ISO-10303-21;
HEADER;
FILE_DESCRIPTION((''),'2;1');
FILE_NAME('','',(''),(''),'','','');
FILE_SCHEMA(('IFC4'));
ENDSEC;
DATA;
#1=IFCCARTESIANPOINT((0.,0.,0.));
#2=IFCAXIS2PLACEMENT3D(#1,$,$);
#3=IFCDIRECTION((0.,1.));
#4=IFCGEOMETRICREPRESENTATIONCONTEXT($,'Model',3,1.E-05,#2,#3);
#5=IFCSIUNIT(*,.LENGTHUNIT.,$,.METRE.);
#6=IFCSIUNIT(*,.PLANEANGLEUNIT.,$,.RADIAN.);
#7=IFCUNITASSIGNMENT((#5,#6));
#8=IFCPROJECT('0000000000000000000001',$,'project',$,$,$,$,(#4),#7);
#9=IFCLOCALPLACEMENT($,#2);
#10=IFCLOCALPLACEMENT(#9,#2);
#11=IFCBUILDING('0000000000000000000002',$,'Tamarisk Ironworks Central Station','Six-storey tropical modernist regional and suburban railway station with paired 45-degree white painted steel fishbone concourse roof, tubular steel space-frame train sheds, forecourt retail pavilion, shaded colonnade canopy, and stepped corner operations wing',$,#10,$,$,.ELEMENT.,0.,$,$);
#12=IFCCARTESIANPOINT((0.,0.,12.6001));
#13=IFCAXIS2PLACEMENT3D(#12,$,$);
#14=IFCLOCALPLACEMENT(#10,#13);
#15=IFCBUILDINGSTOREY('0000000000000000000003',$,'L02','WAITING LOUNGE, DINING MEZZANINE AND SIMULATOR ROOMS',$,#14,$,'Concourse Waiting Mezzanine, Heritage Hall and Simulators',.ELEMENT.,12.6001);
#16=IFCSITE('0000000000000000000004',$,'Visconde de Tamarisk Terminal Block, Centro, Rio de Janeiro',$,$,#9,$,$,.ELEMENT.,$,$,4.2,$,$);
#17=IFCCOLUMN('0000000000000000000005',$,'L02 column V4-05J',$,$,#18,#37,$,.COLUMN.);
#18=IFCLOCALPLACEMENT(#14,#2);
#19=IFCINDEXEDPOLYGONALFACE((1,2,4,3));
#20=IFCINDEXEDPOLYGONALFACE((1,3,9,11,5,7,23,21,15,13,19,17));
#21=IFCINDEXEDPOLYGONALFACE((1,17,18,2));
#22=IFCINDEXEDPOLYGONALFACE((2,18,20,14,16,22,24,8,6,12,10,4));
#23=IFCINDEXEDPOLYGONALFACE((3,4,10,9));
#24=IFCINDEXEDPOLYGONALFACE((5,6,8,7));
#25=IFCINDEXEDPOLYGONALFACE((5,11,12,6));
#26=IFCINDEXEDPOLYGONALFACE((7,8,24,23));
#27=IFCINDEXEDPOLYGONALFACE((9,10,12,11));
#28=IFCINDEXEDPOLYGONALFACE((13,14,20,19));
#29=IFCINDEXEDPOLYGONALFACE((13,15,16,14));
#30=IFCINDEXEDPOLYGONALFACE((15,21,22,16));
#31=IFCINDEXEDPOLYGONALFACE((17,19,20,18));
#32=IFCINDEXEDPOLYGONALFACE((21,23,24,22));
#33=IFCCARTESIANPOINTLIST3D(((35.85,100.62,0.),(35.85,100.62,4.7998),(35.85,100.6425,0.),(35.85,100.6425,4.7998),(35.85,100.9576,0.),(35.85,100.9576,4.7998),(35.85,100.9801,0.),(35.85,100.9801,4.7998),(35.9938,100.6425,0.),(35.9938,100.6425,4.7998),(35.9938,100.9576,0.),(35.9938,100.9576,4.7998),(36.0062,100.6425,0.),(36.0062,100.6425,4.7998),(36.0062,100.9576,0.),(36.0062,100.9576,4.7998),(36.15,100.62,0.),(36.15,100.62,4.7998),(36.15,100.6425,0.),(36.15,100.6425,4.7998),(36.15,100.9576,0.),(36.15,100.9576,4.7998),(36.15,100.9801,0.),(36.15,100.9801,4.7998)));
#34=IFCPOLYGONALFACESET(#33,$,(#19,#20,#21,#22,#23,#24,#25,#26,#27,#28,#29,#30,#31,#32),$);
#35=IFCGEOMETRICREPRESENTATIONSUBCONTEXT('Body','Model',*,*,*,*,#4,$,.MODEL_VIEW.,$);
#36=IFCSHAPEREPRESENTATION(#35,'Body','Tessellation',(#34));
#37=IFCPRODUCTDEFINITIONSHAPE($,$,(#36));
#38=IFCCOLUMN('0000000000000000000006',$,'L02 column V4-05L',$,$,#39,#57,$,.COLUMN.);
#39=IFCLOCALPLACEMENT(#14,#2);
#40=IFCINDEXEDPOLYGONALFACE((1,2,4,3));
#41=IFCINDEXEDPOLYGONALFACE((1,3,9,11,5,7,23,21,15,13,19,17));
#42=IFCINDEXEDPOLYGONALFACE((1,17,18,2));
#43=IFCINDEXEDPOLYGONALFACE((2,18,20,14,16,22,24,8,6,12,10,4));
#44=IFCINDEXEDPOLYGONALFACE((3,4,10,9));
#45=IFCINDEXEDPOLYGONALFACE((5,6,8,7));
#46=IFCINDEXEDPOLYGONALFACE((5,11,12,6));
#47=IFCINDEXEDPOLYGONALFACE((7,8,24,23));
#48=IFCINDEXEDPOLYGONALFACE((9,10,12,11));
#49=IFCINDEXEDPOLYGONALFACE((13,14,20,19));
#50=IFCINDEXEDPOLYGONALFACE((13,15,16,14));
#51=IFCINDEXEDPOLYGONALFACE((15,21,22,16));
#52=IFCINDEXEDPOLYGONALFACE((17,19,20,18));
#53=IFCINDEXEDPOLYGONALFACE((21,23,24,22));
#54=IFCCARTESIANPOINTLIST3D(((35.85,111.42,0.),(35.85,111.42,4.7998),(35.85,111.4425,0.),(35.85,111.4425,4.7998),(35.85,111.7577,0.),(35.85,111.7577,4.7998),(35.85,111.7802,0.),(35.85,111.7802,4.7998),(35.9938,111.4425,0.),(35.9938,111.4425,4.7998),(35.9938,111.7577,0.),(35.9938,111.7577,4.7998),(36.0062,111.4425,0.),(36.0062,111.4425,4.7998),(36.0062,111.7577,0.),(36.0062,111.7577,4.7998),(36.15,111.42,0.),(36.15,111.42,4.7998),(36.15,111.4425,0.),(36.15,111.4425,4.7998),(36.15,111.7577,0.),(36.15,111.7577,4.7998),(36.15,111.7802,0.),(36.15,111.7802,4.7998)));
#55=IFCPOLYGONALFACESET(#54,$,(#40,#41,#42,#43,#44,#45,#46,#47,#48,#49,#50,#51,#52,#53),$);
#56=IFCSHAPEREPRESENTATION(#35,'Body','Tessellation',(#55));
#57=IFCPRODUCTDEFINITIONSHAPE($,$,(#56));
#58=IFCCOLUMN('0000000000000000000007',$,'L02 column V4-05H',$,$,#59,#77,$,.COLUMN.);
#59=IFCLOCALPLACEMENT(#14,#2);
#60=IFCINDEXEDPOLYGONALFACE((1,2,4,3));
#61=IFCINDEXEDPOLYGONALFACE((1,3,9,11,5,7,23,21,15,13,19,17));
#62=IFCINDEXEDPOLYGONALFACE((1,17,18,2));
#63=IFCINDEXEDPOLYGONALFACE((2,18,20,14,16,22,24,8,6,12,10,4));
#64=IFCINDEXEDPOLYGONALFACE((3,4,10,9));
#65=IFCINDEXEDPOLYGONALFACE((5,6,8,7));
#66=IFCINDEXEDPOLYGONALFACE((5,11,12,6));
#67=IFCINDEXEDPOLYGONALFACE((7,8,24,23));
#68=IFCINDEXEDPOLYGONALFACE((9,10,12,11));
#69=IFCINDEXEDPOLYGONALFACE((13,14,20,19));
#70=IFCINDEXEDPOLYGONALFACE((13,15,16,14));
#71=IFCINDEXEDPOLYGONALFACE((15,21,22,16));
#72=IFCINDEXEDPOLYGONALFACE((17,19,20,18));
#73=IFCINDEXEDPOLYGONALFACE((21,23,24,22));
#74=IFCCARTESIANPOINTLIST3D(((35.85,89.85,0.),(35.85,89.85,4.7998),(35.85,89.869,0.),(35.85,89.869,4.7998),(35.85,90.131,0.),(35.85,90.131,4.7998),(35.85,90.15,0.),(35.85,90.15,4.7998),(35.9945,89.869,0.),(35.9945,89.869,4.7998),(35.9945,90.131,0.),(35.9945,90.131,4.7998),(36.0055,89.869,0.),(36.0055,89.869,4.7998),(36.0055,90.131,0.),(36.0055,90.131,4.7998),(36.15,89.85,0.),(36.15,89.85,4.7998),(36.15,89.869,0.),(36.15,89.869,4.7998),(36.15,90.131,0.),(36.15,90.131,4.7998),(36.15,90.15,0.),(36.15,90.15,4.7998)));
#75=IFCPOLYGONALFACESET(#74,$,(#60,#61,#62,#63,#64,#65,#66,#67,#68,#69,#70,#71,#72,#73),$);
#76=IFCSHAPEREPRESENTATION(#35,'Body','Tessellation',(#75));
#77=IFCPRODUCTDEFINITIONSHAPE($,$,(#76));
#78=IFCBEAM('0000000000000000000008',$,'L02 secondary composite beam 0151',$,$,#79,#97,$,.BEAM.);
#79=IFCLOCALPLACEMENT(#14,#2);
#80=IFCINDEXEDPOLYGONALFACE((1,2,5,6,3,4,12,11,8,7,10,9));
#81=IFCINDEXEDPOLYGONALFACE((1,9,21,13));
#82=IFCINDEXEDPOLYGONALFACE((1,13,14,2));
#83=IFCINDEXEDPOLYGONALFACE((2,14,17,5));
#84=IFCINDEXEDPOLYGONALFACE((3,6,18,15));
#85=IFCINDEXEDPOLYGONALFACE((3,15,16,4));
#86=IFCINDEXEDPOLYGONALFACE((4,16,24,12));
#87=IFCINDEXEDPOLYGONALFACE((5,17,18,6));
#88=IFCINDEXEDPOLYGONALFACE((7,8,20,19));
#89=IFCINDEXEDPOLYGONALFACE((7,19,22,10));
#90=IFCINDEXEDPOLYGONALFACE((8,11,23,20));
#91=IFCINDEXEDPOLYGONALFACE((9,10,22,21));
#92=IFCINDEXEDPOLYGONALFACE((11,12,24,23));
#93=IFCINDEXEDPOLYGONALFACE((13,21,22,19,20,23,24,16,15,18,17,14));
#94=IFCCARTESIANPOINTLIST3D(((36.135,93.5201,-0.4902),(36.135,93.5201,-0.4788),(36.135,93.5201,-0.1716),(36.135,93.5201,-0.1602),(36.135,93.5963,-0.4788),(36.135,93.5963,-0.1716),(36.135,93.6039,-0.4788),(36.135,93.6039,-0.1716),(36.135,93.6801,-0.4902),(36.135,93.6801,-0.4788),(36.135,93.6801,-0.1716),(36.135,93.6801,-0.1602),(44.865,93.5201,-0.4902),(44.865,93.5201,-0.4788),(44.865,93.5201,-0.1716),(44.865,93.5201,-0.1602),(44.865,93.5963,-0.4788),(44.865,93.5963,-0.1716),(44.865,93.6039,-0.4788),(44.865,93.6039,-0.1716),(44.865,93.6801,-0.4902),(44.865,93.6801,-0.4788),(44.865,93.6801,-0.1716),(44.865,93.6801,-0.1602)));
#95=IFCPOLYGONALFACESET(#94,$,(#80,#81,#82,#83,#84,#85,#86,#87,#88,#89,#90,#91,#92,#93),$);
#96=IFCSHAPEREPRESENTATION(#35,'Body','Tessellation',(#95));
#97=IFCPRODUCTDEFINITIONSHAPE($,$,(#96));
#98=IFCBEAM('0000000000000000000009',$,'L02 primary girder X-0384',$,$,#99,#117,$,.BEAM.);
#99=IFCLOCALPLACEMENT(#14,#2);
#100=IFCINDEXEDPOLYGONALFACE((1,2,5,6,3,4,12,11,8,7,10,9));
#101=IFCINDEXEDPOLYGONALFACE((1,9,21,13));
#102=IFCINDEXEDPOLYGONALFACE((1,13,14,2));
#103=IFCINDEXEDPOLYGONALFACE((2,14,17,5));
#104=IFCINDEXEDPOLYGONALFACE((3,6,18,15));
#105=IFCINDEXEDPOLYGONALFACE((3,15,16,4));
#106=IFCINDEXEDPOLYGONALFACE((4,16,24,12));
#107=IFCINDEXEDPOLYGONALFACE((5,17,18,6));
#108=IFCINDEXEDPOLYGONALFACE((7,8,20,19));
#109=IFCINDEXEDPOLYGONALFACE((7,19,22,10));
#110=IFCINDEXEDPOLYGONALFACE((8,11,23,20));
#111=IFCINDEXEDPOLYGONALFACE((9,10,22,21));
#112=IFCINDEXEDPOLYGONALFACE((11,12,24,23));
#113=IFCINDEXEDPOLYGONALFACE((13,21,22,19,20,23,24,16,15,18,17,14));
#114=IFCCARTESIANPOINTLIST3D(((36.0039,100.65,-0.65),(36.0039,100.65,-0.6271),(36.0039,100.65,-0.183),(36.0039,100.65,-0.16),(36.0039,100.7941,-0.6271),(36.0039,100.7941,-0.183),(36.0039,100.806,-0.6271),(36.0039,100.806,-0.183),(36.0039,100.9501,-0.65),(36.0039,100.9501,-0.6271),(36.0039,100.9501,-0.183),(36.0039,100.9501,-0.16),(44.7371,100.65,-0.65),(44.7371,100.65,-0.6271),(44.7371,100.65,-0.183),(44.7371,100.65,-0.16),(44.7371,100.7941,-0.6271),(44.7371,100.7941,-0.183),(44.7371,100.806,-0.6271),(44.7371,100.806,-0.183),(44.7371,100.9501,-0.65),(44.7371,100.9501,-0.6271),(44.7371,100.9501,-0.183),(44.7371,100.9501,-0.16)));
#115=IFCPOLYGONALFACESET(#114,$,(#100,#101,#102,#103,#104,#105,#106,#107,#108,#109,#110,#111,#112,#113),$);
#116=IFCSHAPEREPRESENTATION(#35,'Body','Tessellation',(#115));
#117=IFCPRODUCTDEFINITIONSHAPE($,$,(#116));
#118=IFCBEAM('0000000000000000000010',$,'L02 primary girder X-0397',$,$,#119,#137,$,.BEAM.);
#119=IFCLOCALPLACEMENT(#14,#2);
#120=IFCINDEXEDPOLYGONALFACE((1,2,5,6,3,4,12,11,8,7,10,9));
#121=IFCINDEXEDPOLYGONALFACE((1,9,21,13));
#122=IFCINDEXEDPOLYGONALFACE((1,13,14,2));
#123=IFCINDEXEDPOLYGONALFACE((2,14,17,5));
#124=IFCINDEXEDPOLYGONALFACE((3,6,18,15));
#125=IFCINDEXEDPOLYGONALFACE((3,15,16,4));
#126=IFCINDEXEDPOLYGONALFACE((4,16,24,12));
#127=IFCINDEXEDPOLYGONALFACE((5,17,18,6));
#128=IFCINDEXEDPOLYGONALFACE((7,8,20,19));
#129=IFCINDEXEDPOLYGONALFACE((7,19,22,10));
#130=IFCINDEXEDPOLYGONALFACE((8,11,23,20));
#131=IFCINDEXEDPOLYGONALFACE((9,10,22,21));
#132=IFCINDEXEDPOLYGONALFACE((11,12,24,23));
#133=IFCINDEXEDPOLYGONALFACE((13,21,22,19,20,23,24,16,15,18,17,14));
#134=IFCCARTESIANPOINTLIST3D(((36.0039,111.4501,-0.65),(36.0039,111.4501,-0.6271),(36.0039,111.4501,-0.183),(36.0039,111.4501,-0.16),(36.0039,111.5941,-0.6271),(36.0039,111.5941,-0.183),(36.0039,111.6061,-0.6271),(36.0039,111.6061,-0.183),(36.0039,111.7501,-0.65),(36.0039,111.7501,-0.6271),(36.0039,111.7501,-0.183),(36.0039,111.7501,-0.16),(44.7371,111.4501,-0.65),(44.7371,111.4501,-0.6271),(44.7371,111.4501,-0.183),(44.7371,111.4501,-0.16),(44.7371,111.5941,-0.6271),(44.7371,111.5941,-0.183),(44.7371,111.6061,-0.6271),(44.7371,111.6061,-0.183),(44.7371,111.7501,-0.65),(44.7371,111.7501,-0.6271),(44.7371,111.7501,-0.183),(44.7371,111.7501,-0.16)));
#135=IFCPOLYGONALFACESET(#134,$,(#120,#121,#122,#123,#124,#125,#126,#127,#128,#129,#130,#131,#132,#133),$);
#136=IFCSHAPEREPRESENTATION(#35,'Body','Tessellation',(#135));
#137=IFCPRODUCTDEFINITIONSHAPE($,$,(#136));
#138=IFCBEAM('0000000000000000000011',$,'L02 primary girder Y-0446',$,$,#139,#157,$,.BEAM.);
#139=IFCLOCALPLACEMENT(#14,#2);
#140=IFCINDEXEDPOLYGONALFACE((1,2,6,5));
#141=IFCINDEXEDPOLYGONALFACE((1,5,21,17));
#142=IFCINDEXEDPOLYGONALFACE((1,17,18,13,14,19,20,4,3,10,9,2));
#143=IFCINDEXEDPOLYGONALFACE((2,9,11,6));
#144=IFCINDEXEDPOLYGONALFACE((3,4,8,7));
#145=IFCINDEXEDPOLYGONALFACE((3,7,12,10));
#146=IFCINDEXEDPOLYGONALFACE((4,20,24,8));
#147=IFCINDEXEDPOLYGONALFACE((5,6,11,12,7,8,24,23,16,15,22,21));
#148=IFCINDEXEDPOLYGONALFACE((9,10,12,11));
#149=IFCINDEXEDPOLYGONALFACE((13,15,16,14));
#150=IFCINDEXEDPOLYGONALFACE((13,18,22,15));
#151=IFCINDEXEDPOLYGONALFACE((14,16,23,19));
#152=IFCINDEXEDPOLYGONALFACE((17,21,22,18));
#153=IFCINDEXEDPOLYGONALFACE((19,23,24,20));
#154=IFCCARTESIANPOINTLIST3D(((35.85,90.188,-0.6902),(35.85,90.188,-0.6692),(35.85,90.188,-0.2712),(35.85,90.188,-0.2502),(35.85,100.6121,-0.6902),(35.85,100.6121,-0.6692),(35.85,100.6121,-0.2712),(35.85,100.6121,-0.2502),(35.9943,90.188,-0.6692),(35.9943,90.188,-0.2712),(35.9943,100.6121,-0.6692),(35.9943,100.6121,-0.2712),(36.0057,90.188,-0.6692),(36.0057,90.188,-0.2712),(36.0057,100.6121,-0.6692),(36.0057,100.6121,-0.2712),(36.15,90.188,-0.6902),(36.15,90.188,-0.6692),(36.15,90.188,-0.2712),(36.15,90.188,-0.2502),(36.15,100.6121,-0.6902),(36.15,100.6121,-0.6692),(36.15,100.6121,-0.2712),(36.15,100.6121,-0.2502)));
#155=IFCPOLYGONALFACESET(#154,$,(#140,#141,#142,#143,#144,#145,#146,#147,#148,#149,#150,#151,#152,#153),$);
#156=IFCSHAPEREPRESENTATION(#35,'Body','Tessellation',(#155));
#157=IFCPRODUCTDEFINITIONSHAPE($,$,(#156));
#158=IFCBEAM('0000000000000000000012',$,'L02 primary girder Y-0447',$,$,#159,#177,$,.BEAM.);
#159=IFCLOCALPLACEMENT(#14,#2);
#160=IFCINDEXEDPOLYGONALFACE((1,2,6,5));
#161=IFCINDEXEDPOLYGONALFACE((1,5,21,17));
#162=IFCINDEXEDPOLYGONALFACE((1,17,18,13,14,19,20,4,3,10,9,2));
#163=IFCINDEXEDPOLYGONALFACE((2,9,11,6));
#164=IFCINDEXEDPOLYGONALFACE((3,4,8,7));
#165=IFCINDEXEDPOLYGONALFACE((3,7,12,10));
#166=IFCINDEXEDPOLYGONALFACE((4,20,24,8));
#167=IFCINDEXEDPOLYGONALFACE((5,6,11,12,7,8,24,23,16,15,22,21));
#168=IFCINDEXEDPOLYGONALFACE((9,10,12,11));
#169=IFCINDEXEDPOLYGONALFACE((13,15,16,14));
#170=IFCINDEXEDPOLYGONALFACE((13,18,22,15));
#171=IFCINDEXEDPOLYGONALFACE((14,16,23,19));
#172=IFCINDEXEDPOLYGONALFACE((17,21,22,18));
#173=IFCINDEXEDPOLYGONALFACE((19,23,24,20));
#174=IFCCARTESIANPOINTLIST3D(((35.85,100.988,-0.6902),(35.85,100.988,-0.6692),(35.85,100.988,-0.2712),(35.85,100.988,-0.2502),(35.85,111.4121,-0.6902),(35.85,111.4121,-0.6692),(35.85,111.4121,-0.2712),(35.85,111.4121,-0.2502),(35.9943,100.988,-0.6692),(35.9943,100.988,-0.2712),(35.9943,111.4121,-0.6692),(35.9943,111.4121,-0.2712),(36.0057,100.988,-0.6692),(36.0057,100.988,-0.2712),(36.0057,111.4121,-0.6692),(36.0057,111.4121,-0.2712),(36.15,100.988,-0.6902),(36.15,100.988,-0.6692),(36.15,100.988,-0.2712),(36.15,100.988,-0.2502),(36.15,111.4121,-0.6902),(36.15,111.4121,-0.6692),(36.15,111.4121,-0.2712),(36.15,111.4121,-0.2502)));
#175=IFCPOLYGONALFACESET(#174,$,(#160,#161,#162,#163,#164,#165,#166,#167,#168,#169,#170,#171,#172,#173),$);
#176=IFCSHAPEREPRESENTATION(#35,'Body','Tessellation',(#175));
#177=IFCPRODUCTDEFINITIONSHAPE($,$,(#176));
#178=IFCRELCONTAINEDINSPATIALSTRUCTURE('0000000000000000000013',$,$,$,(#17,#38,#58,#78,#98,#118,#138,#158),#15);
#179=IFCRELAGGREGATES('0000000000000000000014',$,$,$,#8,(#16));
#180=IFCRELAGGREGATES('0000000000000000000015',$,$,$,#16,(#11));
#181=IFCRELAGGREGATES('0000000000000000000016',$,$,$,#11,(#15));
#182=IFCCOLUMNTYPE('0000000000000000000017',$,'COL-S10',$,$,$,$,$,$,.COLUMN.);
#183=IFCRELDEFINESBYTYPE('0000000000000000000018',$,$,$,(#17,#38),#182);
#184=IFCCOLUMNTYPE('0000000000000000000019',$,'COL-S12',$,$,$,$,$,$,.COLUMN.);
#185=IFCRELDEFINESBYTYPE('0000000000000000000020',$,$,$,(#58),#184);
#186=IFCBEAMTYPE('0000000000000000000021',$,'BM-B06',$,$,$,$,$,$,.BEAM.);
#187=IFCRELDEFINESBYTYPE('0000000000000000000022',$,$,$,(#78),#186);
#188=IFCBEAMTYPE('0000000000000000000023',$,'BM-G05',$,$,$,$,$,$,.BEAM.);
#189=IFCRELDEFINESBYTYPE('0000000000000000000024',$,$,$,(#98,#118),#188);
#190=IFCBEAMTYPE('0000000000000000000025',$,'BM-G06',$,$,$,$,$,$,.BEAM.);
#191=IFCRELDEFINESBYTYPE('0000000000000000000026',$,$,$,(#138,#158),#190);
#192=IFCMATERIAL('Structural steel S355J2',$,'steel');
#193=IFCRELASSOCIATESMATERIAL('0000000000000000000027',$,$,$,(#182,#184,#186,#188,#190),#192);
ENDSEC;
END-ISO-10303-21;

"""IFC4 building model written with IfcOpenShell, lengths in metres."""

from ifc_helpers import new_model, si_unit, direction, frame, origin, origin_2d, place, context, subcontext, project, spatial, i_section, extrude, material, material_profile, profile_set, type_object, element, save


model = new_model("IFC4")

# Units and contexts
model_context = context("Model", 3, precision=1e-05, world=origin(), true_north=direction((0.0, 1.0)))
body_context = subcontext(model_context, "Body", "Model", "MODEL_VIEW")
ifc_project = project(units=[si_unit("LENGTHUNIT", "METRE"), si_unit("PLANEANGLEUNIT", "RADIAN")], contexts=[model_context])

# Site, building, storey
site_placement = place(None, origin())
site = spatial("IfcSite", under=ifc_project, at=site_placement, Name="Visconde de Tamarisk Terminal Block, Centro, Rio de Janeiro", CompositionType="ELEMENT", RefElevation=4.2)
building_placement = place(site_placement, origin())
building = spatial("IfcBuilding", under=site, at=building_placement, Name="Tamarisk Ironworks Central Station", Description="Six-storey tropical modernist regional and suburban railway station with paired 45-degree white painted steel fishbone concourse roof, tubular steel space-frame train sheds, forecourt retail pavilion, shaded colonnade canopy, and stepped corner operations wing", CompositionType="ELEMENT", ElevationOfRefHeight=0.0)
storey_placement = place(building_placement, frame((0.0, 0.0, 12.6001)))
storey = spatial("IfcBuildingStorey", under=building, at=storey_placement, Name="L02", Description="WAITING LOUNGE, DINING MEZZANINE AND SIMULATOR ROOMS", LongName="Concourse Waiting Mezzanine, Heritage Hall and Simulators", CompositionType="ELEMENT", Elevation=12.6001)

# Columns
ifc_material_1 = material(Name="Structural steel S355J2", Category="steel")
ifc_material_profile_1 = material_profile(ifc_material_1, i_section(OverallWidth=0.3, OverallDepth=0.3601, WebThickness=0.0125, FlangeThickness=0.0225, at=origin_2d()), Name="HEB 360")
ifc_profile_set_1 = profile_set([ifc_material_profile_1], Name="Structural steel S355J2")
column_type_1 = type_object("IfcColumnType", Name="COL-S10", PredefinedType="COLUMN", material=ifc_profile_set_1)
for number, where, z_axis, x_axis, name in (
    (1, (36.0, 100.8, 0.0), (0.0, 0.0, 1.0), (1.0, 0.0, 0.0), "L02 column V4-05J"),
    (2, (36.0, 111.6001, 0.0), (0.0, 0.0, 1.0), (1.0, 0.0, 0.0), "L02 column V4-05L"),
):
    element("IfcColumn", number, at=place(storey_placement, frame(where, z_axis=z_axis, x_axis=x_axis)), inside=storey, type_object=column_type_1, Name=name, PredefinedType="COLUMN", context=body_context, shape_type="SweptSolid", body=[
        extrude(i_section(OverallWidth=0.3, OverallDepth=0.3601, WebThickness=0.0125, FlangeThickness=0.0225, at=origin_2d()), origin(), (0.0, 0.0, 1.0), 4.7998),
    ])
ifc_material_profile_2 = material_profile(ifc_material_1, i_section(OverallWidth=0.3, OverallDepth=0.3, WebThickness=0.011, FlangeThickness=0.019, at=origin_2d()), Name="HEB 300")
ifc_profile_set_2 = profile_set([ifc_material_profile_2], Name="Structural steel S355J2")
column_type_2 = type_object("IfcColumnType", Name="COL-S12", PredefinedType="COLUMN", material=ifc_profile_set_2)
column_placement = place(storey_placement, frame((36.0, 90.0, 0.0), z_axis=(0.0, 0.0, 1.0), x_axis=(1.0, 0.0, 0.0)))
element("IfcColumn", 3, at=column_placement, inside=storey, type_object=column_type_2, Name="L02 column V4-05H", PredefinedType="COLUMN", context=body_context, shape_type="SweptSolid", body=[
    extrude(i_section(OverallWidth=0.3, OverallDepth=0.3, WebThickness=0.011, FlangeThickness=0.019, at=origin_2d()), origin(), (0.0, 0.0, 1.0), 4.7998),
])

# Beams
ifc_material_profile_3 = material_profile(ifc_material_1, i_section(OverallWidth=0.1599, OverallDepth=0.3301, WebThickness=0.0076, FlangeThickness=0.0115, at=origin_2d()), Name="IPE 330")
ifc_profile_set_3 = profile_set([ifc_material_profile_3], Name="Structural steel S355J2")
beam_type_1 = type_object("IfcBeamType", Name="BM-B06", PredefinedType="BEAM", material=ifc_profile_set_3)
beam_placement = place(storey_placement, frame((36.135, 93.6001, -0.3252), z_axis=(1.0, 0.0, 0.0), x_axis=(0.0, 1.0, 0.0)))
element("IfcBeam", 4, at=beam_placement, inside=storey, type_object=beam_type_1, Name="L02 secondary composite beam 0151", PredefinedType="BEAM", context=body_context, shape_type="SweptSolid", body=[
    extrude(i_section(OverallWidth=0.1599, OverallDepth=0.3301, WebThickness=0.0076, FlangeThickness=0.0115, at=origin_2d()), origin(), (0.0, 0.0, 1.0), 8.73),
])
ifc_material_profile_4 = material_profile(ifc_material_1, i_section(OverallWidth=0.3, OverallDepth=0.49, WebThickness=0.012, FlangeThickness=0.0229, at=origin_2d()), Name="HEA 500")
ifc_profile_set_4 = profile_set([ifc_material_profile_4], Name="Structural steel S355J2")
beam_type_2 = type_object("IfcBeamType", Name="BM-G05", PredefinedType="BEAM", material=ifc_profile_set_4)
for number, where, z_axis, x_axis, name in (
    (5, (36.0039, 100.8, -0.405), (1.0, 0.0, 0.0), (0.0, 1.0, 0.0), "L02 primary girder X-0384"),
    (6, (36.0039, 111.6001, -0.405), (1.0, 0.0, 0.0), (0.0, 1.0, 0.0), "L02 primary girder X-0397"),
):
    element("IfcBeam", number, at=place(storey_placement, frame(where, z_axis=z_axis, x_axis=x_axis)), inside=storey, type_object=beam_type_2, Name=name, PredefinedType="BEAM", context=body_context, shape_type="SweptSolid", body=[
        extrude(i_section(OverallWidth=0.3, OverallDepth=0.49, WebThickness=0.012, FlangeThickness=0.0229, at=origin_2d()), origin(), (0.0, 0.0, 1.0), 8.7332),
    ])
ifc_material_profile_5 = material_profile(ifc_material_1, i_section(OverallWidth=0.3, OverallDepth=0.4399, WebThickness=0.0115, FlangeThickness=0.021, at=origin_2d()), Name="HEA 450")
ifc_profile_set_5 = profile_set([ifc_material_profile_5], Name="Structural steel S355J2")
beam_type_3 = type_object("IfcBeamType", Name="BM-G06", PredefinedType="BEAM", material=ifc_profile_set_5)
for number, where, z_axis, x_axis, name in (
    (7, (36.0, 90.188, -0.4702), (0.0, 1.0, 0.0), (-1.0, 0.0, 0.0), "L02 primary girder Y-0446"),
    (8, (36.0, 100.988, -0.4702), (0.0, 1.0, 0.0), (-1.0, 0.0, 0.0), "L02 primary girder Y-0447"),
):
    element("IfcBeam", number, at=place(storey_placement, frame(where, z_axis=z_axis, x_axis=x_axis)), inside=storey, type_object=beam_type_3, Name=name, PredefinedType="BEAM", context=body_context, shape_type="SweptSolid", body=[
        extrude(i_section(OverallWidth=0.3, OverallDepth=0.4399, WebThickness=0.0115, FlangeThickness=0.021, at=origin_2d()), origin(), (0.0, 0.0, 1.0), 10.4241),
    ])

save(model, "model.ifc")
